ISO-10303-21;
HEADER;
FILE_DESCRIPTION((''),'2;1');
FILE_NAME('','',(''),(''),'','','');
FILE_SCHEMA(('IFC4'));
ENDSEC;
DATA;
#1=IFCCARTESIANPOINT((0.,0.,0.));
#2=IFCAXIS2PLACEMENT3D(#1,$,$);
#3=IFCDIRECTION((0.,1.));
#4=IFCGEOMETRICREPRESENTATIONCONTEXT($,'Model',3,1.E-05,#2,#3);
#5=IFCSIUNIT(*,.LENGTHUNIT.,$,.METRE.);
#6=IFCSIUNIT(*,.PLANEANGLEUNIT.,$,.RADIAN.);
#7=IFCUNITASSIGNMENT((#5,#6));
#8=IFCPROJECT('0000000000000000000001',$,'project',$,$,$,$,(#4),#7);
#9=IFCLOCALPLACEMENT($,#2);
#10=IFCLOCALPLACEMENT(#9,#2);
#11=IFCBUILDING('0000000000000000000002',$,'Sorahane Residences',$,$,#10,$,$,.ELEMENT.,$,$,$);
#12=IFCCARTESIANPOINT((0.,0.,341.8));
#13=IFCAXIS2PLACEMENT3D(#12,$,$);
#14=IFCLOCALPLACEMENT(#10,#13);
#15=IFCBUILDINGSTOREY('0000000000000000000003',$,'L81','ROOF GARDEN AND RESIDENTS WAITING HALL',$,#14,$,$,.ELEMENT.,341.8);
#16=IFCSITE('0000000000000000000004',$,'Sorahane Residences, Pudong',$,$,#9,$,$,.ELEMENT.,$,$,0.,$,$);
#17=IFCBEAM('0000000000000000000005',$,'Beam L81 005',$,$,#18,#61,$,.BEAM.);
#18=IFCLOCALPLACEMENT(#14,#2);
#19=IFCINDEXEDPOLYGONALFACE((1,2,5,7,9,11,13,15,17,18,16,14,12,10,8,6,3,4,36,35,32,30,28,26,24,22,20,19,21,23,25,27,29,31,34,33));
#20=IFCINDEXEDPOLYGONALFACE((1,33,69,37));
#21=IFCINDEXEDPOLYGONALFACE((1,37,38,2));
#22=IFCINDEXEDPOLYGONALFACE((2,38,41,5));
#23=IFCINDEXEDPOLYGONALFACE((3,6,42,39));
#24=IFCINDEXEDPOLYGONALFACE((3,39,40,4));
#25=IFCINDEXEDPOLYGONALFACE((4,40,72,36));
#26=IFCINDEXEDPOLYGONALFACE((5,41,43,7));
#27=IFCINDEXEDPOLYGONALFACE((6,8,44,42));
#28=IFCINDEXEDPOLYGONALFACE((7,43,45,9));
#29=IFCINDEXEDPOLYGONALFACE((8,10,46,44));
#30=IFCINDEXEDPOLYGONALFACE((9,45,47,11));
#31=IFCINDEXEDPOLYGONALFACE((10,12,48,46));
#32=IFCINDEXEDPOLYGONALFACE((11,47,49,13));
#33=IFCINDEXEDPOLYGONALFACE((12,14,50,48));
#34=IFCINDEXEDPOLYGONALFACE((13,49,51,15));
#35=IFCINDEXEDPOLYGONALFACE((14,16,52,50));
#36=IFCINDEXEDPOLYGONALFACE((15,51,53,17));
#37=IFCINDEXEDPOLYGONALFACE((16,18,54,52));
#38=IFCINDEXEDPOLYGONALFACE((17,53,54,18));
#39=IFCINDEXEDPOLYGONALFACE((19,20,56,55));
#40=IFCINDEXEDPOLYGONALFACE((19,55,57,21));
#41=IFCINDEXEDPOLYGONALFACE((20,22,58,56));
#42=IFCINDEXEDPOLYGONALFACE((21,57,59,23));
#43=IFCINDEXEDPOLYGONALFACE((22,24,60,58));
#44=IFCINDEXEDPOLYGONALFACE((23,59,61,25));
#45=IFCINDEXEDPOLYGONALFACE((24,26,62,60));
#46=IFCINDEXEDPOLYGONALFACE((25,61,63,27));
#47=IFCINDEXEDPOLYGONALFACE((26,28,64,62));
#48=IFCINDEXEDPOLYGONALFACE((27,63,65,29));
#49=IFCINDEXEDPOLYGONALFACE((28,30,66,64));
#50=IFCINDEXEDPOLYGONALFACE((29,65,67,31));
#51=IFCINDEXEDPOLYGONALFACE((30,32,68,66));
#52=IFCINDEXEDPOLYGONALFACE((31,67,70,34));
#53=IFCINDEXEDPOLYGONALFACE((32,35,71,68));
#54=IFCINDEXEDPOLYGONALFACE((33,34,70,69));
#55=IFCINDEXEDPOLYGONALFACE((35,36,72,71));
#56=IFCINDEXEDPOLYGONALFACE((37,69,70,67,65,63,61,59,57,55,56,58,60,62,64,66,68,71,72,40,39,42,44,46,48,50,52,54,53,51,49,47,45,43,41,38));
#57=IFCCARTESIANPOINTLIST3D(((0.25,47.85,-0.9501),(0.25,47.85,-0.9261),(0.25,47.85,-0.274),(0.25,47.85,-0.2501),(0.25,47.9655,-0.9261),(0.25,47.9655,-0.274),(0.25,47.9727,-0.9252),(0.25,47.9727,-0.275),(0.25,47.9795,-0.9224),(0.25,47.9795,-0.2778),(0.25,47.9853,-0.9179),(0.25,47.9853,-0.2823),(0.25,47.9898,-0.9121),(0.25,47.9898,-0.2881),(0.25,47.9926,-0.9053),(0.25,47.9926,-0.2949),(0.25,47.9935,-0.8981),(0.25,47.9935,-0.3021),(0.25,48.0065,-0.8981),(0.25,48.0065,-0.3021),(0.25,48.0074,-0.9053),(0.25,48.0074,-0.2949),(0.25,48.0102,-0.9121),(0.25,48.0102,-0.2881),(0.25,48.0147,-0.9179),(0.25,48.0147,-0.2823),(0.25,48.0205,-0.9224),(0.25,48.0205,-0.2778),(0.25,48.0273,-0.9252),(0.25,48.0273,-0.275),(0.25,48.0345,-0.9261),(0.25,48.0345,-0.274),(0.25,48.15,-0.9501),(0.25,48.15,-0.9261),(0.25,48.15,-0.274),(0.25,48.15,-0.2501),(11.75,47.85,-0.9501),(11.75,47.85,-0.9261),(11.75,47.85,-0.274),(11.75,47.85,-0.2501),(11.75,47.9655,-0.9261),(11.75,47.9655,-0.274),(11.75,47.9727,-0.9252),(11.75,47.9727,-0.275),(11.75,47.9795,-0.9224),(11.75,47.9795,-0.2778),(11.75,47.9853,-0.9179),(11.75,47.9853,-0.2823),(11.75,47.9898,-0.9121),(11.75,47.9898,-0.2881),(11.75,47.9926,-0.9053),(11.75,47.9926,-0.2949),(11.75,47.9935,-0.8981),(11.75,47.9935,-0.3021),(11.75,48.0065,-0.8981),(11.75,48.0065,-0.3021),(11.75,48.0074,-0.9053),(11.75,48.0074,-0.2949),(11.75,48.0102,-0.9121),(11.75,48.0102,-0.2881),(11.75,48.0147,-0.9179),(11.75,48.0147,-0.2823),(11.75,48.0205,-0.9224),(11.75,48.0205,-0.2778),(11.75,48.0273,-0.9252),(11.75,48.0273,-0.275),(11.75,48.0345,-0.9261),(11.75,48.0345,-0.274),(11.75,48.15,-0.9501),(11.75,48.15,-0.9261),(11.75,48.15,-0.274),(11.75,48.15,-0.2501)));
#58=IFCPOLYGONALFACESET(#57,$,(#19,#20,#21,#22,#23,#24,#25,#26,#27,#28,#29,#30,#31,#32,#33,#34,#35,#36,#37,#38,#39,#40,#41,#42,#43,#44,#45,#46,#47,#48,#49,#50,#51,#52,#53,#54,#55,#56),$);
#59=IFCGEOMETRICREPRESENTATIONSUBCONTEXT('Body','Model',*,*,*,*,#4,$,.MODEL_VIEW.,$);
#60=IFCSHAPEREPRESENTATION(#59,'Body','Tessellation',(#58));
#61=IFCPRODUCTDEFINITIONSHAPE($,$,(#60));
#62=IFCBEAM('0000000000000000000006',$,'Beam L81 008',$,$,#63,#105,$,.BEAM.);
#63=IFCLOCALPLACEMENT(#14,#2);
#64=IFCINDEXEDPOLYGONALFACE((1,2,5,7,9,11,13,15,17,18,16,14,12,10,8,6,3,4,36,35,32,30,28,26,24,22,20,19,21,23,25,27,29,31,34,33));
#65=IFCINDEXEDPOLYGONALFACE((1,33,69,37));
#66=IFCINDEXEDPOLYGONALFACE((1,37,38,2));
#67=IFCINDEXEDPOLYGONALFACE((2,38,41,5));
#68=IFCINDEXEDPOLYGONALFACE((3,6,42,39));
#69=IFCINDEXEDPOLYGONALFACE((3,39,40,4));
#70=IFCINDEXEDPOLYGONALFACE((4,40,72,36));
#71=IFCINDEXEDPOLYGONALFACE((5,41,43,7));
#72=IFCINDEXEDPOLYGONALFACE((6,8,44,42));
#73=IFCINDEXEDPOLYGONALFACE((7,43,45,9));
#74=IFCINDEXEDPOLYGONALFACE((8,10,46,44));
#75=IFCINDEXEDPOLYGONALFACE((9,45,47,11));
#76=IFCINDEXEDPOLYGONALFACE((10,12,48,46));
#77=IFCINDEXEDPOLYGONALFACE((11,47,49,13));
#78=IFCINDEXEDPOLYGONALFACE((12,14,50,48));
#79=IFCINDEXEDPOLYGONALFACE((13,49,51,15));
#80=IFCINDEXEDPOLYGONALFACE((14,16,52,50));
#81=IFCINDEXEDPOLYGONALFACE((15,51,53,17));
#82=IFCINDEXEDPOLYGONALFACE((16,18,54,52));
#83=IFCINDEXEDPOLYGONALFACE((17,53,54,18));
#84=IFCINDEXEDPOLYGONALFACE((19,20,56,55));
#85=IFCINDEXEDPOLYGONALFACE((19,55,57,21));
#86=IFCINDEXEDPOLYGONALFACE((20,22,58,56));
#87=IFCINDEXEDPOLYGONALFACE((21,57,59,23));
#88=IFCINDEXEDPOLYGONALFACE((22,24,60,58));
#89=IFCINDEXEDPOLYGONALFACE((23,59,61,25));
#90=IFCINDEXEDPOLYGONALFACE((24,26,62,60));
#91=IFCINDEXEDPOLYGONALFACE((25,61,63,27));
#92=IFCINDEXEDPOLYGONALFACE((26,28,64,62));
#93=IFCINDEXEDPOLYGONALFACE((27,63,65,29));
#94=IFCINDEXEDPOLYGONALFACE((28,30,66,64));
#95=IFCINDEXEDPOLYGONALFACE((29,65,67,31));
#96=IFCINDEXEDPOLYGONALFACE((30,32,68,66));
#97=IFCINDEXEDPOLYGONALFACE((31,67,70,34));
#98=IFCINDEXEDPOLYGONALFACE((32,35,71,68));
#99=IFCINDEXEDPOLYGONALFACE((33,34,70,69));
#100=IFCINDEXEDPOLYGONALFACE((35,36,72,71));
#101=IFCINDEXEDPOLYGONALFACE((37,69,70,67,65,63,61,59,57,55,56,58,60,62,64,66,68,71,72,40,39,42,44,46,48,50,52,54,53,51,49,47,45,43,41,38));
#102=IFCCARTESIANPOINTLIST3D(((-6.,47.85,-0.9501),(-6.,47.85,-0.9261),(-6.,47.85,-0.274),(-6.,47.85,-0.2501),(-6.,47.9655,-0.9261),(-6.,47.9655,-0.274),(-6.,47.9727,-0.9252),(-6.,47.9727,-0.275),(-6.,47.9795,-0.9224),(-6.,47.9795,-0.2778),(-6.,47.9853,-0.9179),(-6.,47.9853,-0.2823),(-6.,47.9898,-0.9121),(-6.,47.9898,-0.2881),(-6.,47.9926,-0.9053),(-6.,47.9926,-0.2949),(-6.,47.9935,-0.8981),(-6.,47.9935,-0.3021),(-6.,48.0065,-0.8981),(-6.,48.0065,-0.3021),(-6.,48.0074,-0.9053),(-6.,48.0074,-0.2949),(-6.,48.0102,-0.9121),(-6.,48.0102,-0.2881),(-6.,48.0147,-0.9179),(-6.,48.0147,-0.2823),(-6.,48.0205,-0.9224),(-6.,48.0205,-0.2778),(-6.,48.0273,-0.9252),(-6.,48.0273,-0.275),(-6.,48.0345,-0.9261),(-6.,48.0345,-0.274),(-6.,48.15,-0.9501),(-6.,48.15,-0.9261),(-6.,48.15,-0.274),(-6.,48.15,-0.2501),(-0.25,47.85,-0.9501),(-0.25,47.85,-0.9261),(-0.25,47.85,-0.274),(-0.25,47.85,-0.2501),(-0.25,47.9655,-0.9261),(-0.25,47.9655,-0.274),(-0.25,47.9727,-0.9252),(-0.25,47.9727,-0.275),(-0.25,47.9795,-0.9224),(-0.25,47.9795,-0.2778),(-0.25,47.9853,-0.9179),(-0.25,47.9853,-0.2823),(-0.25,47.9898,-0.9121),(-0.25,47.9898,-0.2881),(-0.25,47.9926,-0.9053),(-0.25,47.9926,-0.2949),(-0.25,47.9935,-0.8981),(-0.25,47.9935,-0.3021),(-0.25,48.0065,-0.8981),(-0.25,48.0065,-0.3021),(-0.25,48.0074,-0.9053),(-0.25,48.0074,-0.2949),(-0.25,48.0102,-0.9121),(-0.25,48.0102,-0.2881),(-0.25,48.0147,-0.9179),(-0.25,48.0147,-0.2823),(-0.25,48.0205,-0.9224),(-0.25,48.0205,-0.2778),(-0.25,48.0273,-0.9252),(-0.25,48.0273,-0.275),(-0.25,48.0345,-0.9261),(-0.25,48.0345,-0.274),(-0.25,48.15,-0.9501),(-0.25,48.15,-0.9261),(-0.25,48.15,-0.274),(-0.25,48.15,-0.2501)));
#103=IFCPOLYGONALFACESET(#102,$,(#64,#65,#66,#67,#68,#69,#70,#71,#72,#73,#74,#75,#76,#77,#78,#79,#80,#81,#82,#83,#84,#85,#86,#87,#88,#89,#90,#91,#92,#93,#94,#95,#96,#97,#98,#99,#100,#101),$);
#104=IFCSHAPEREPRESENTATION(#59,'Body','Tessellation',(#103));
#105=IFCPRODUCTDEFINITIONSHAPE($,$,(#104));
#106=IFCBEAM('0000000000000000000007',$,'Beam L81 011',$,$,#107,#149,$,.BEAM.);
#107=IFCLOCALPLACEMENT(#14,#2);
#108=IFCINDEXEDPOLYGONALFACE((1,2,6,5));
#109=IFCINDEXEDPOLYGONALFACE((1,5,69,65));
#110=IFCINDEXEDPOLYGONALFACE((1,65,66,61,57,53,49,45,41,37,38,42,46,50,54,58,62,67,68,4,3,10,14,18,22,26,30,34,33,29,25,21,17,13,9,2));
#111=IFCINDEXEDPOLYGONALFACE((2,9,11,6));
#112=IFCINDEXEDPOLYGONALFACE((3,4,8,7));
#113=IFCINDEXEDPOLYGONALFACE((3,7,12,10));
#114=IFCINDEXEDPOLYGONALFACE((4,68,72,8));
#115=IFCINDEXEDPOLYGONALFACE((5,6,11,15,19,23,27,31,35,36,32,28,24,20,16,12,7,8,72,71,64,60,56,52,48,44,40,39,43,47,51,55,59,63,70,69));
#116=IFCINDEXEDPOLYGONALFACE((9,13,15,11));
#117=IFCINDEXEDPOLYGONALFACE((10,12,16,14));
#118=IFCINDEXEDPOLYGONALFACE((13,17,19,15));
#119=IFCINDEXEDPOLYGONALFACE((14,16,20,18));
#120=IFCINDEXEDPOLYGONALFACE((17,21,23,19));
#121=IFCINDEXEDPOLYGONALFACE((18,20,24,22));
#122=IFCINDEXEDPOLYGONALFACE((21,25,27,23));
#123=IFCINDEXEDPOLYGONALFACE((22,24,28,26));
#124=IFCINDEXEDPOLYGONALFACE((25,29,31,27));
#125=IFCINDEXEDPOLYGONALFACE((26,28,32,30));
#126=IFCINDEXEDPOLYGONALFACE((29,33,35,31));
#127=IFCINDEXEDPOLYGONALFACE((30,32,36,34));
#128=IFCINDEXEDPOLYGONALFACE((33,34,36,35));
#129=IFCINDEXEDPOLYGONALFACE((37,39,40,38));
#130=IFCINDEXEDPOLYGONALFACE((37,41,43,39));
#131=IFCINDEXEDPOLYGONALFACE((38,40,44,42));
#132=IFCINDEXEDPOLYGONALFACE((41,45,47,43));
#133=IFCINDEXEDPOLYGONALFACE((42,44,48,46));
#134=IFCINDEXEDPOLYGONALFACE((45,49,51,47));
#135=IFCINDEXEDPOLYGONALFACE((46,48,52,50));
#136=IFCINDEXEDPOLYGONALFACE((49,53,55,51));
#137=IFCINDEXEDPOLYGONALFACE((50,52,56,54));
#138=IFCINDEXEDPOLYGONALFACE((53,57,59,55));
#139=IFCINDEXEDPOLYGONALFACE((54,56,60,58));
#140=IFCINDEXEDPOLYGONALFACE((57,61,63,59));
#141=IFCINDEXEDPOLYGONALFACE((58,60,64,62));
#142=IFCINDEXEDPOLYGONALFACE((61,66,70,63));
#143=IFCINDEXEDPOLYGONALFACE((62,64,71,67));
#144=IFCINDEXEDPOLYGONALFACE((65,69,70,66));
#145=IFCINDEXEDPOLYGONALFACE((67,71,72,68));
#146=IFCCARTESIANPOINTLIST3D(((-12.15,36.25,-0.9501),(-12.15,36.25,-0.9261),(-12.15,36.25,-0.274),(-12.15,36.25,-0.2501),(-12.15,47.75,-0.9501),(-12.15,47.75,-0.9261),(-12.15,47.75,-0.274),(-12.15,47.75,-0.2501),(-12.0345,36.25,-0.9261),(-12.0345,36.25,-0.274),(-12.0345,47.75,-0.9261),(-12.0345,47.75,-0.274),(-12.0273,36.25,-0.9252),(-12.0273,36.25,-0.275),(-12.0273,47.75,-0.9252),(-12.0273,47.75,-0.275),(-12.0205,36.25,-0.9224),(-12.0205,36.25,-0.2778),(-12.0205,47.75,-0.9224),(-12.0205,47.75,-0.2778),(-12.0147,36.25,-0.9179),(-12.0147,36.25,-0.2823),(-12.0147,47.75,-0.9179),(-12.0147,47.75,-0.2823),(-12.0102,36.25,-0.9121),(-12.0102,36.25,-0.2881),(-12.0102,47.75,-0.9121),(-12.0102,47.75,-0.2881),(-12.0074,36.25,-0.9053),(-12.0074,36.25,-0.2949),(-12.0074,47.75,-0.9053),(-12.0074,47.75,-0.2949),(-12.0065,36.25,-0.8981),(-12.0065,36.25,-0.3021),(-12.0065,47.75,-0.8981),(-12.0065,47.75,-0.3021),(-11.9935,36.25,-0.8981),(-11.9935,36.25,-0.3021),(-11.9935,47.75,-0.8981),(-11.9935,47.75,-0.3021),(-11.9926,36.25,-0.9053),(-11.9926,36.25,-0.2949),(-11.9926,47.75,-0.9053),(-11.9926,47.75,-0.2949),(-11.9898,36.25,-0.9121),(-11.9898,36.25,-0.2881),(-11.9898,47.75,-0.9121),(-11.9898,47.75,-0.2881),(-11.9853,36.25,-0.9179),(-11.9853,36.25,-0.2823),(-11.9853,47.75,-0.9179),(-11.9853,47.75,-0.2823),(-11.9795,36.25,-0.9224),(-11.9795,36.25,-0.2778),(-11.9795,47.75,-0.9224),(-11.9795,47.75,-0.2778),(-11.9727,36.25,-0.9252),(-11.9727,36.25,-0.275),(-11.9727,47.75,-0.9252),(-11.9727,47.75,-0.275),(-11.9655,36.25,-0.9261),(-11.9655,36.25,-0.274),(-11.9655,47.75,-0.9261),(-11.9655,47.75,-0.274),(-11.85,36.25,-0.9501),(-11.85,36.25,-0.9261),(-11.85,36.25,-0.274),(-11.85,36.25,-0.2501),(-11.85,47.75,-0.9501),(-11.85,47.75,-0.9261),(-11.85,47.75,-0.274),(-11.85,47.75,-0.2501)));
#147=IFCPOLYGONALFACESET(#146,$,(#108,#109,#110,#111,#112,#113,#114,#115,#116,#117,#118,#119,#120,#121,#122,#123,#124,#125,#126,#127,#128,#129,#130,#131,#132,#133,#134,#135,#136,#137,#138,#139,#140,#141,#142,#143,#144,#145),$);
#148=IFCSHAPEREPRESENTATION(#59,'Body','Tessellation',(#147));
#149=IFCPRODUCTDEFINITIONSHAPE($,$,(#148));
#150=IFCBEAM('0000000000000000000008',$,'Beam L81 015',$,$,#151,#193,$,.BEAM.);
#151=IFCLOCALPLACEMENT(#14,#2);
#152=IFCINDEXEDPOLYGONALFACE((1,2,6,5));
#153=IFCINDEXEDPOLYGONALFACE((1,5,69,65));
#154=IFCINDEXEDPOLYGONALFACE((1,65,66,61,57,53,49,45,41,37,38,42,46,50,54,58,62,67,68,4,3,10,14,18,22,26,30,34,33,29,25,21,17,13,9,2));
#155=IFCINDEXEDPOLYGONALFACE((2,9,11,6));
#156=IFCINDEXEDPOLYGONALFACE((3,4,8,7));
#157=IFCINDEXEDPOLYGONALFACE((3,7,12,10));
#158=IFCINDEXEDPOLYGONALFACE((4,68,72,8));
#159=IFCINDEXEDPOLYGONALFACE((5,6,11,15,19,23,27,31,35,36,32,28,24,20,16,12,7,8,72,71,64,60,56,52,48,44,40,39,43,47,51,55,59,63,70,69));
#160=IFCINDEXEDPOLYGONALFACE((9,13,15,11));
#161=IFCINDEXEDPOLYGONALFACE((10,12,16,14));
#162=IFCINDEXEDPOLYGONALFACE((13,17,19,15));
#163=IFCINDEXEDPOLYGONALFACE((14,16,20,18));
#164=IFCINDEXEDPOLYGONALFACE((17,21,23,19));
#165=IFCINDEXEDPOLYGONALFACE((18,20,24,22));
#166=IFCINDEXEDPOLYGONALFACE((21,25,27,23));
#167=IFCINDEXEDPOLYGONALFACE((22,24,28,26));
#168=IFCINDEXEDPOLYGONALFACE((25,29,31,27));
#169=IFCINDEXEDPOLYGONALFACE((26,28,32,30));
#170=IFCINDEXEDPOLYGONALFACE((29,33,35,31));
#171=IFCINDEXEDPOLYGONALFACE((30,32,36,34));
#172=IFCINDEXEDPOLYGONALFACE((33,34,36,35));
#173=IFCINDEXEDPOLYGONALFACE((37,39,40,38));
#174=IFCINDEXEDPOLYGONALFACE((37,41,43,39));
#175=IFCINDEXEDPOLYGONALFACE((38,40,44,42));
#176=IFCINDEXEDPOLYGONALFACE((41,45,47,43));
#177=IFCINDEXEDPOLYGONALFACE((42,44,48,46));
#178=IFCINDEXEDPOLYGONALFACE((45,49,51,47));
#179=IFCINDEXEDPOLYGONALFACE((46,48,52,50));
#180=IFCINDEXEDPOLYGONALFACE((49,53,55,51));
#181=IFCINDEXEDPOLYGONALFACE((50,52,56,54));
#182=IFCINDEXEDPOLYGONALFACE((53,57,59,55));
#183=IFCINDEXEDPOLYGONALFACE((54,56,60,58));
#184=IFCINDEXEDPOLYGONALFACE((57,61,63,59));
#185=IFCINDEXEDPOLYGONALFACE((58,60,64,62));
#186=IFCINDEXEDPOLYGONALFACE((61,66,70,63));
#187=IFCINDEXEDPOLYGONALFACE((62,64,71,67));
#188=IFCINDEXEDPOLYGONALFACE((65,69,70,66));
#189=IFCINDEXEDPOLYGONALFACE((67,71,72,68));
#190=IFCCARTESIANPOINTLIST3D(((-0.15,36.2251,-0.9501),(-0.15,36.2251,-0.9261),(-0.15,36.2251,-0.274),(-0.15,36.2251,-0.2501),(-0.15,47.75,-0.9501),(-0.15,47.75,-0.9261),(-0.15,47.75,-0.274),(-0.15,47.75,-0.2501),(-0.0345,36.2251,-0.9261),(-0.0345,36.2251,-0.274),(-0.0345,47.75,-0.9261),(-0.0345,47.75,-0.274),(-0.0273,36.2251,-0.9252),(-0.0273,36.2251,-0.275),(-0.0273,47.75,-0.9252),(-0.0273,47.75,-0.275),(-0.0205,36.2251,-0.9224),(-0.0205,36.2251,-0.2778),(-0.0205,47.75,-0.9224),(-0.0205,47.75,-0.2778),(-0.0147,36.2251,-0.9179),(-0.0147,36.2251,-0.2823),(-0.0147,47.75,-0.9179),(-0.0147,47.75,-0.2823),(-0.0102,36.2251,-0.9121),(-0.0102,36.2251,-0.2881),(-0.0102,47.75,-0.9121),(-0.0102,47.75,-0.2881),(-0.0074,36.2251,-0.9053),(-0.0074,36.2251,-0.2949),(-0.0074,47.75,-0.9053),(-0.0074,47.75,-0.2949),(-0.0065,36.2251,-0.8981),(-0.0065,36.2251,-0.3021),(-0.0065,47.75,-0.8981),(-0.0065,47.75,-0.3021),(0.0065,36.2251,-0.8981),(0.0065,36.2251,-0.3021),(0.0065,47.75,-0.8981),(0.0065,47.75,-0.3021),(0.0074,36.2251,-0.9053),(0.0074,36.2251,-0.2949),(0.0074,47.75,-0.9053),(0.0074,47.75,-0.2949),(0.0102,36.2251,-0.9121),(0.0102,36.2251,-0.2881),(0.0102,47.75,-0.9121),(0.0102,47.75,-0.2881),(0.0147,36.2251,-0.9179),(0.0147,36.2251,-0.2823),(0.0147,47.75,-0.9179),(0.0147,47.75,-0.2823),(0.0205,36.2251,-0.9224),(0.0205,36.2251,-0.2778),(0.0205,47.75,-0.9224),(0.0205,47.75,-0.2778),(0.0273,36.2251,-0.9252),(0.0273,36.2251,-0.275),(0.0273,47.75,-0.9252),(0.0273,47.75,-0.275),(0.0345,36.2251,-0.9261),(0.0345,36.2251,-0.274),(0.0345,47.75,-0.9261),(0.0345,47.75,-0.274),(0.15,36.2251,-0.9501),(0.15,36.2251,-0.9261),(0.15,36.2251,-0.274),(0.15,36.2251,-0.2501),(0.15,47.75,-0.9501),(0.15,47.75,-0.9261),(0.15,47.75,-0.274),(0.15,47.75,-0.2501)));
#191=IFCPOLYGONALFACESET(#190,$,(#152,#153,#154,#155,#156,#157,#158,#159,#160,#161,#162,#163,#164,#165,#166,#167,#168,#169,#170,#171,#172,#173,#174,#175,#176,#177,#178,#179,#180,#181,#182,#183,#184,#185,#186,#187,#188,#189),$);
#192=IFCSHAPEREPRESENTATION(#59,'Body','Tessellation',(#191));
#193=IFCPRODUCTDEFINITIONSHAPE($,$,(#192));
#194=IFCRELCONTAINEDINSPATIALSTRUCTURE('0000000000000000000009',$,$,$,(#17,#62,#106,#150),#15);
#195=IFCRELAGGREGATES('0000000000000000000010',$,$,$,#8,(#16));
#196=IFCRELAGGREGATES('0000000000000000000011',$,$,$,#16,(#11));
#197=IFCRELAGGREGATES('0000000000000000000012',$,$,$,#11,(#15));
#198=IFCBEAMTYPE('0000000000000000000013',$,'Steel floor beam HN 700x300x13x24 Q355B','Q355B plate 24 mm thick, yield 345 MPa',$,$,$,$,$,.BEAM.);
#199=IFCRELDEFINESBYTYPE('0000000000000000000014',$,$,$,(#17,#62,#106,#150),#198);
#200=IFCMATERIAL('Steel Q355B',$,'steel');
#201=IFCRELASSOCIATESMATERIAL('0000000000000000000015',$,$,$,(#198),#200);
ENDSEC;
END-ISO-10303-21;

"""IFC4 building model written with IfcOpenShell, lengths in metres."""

from ifc_helpers import new_model, si_unit, direction, frame, origin, origin_2d, place, context, subcontext, project, spatial, i_section, extrude, material, material_profile, profile_set, type_object, element, save


model = new_model("IFC4")

# Units and contexts
model_context = context("Model", 3, precision=1e-05, world=origin(), true_north=direction((0.0, 1.0)))
body_context = subcontext(model_context, "Body", "Model", "MODEL_VIEW")
ifc_project = project(units=[si_unit("LENGTHUNIT", "METRE"), si_unit("PLANEANGLEUNIT", "RADIAN")], contexts=[model_context])

# Site, building, storey
site_placement = place(None, origin())
site = spatial("IfcSite", under=ifc_project, at=site_placement, Name="Sorahane Residences, Pudong", CompositionType="ELEMENT", RefElevation=0.0)
building_placement = place(site_placement, origin())
building = spatial("IfcBuilding", under=site, at=building_placement, Name="Sorahane Residences", CompositionType="ELEMENT")
storey_placement = place(building_placement, frame((0.0, 0.0, 341.8)))
storey = spatial("IfcBuildingStorey", under=building, at=storey_placement, Name="L81", Description="ROOF GARDEN AND RESIDENTS WAITING HALL", CompositionType="ELEMENT", Elevation=341.8)

# Beams
ifc_material_1 = material(Name="Steel Q355B", Category="steel")
ifc_material_profile_1 = material_profile(ifc_material_1, i_section(OverallWidth=0.3, OverallDepth=0.7, WebThickness=0.0129, FlangeThickness=0.0239, FilletRadius=0.0281, at=origin_2d()), Name="HN 700x300x13x24")
ifc_profile_set_1 = profile_set([ifc_material_profile_1], Name="Steel Q355B")
beam_type_1 = type_object("IfcBeamType", Name="Steel floor beam HN 700x300x13x24 Q355B", Description="Q355B plate 24 mm thick, yield 345 MPa", PredefinedType="BEAM", material=ifc_profile_set_1)
beam_1_placement = place(storey_placement, frame((0.25, 48.0, -0.6001), z_axis=(1.0, 0.0, 0.0), x_axis=(0.0, 1.0, 0.0)))
element("IfcBeam", 1, at=beam_1_placement, inside=storey, type_object=beam_type_1, Name="Beam L81 005", PredefinedType="BEAM", context=body_context, shape_type="SweptSolid", body=[
    extrude(i_section(OverallWidth=0.3, OverallDepth=0.7, WebThickness=0.0129, FlangeThickness=0.0239, FilletRadius=0.0281, at=origin_2d()), origin(), (0.0, 0.0, 1.0), 11.5),
])
beam_2_placement = place(storey_placement, frame((-6.0, 48.0, -0.6001), z_axis=(1.0, 0.0, 0.0), x_axis=(0.0, 1.0, 0.0)))
element("IfcBeam", 2, at=beam_2_placement, inside=storey, type_object=beam_type_1, Name="Beam L81 008", PredefinedType="BEAM", context=body_context, shape_type="SweptSolid", body=[
    extrude(i_section(OverallWidth=0.3, OverallDepth=0.7, WebThickness=0.0129, FlangeThickness=0.0239, FilletRadius=0.0281, at=origin_2d()), origin(), (0.0, 0.0, 1.0), 5.75),
])
beam_3_placement = place(storey_placement, frame((-12.0, 36.25, -0.6001), z_axis=(0.0, 1.0, 0.0), x_axis=(-1.0, 0.0, 0.0)))
element("IfcBeam", 3, at=beam_3_placement, inside=storey, type_object=beam_type_1, Name="Beam L81 011", PredefinedType="BEAM", context=body_context, shape_type="SweptSolid", body=[
    extrude(i_section(OverallWidth=0.3, OverallDepth=0.7, WebThickness=0.0129, FlangeThickness=0.0239, FilletRadius=0.0281, at=origin_2d()), origin(), (0.0, 0.0, 1.0), 11.5),
])
beam_4_placement = place(storey_placement, frame((0.0, 36.2251, -0.6001), z_axis=(0.0, 1.0, 0.0), x_axis=(-1.0, 0.0, 0.0)))
element("IfcBeam", 4, at=beam_4_placement, inside=storey, type_object=beam_type_1, Name="Beam L81 015", PredefinedType="BEAM", context=body_context, shape_type="SweptSolid", body=[
    extrude(i_section(OverallWidth=0.3, OverallDepth=0.7, WebThickness=0.0129, FlangeThickness=0.0239, FilletRadius=0.0281, at=origin_2d()), origin(), (0.0, 0.0, 1.0), 11.5249),
])

save(model, "model.ifc")
